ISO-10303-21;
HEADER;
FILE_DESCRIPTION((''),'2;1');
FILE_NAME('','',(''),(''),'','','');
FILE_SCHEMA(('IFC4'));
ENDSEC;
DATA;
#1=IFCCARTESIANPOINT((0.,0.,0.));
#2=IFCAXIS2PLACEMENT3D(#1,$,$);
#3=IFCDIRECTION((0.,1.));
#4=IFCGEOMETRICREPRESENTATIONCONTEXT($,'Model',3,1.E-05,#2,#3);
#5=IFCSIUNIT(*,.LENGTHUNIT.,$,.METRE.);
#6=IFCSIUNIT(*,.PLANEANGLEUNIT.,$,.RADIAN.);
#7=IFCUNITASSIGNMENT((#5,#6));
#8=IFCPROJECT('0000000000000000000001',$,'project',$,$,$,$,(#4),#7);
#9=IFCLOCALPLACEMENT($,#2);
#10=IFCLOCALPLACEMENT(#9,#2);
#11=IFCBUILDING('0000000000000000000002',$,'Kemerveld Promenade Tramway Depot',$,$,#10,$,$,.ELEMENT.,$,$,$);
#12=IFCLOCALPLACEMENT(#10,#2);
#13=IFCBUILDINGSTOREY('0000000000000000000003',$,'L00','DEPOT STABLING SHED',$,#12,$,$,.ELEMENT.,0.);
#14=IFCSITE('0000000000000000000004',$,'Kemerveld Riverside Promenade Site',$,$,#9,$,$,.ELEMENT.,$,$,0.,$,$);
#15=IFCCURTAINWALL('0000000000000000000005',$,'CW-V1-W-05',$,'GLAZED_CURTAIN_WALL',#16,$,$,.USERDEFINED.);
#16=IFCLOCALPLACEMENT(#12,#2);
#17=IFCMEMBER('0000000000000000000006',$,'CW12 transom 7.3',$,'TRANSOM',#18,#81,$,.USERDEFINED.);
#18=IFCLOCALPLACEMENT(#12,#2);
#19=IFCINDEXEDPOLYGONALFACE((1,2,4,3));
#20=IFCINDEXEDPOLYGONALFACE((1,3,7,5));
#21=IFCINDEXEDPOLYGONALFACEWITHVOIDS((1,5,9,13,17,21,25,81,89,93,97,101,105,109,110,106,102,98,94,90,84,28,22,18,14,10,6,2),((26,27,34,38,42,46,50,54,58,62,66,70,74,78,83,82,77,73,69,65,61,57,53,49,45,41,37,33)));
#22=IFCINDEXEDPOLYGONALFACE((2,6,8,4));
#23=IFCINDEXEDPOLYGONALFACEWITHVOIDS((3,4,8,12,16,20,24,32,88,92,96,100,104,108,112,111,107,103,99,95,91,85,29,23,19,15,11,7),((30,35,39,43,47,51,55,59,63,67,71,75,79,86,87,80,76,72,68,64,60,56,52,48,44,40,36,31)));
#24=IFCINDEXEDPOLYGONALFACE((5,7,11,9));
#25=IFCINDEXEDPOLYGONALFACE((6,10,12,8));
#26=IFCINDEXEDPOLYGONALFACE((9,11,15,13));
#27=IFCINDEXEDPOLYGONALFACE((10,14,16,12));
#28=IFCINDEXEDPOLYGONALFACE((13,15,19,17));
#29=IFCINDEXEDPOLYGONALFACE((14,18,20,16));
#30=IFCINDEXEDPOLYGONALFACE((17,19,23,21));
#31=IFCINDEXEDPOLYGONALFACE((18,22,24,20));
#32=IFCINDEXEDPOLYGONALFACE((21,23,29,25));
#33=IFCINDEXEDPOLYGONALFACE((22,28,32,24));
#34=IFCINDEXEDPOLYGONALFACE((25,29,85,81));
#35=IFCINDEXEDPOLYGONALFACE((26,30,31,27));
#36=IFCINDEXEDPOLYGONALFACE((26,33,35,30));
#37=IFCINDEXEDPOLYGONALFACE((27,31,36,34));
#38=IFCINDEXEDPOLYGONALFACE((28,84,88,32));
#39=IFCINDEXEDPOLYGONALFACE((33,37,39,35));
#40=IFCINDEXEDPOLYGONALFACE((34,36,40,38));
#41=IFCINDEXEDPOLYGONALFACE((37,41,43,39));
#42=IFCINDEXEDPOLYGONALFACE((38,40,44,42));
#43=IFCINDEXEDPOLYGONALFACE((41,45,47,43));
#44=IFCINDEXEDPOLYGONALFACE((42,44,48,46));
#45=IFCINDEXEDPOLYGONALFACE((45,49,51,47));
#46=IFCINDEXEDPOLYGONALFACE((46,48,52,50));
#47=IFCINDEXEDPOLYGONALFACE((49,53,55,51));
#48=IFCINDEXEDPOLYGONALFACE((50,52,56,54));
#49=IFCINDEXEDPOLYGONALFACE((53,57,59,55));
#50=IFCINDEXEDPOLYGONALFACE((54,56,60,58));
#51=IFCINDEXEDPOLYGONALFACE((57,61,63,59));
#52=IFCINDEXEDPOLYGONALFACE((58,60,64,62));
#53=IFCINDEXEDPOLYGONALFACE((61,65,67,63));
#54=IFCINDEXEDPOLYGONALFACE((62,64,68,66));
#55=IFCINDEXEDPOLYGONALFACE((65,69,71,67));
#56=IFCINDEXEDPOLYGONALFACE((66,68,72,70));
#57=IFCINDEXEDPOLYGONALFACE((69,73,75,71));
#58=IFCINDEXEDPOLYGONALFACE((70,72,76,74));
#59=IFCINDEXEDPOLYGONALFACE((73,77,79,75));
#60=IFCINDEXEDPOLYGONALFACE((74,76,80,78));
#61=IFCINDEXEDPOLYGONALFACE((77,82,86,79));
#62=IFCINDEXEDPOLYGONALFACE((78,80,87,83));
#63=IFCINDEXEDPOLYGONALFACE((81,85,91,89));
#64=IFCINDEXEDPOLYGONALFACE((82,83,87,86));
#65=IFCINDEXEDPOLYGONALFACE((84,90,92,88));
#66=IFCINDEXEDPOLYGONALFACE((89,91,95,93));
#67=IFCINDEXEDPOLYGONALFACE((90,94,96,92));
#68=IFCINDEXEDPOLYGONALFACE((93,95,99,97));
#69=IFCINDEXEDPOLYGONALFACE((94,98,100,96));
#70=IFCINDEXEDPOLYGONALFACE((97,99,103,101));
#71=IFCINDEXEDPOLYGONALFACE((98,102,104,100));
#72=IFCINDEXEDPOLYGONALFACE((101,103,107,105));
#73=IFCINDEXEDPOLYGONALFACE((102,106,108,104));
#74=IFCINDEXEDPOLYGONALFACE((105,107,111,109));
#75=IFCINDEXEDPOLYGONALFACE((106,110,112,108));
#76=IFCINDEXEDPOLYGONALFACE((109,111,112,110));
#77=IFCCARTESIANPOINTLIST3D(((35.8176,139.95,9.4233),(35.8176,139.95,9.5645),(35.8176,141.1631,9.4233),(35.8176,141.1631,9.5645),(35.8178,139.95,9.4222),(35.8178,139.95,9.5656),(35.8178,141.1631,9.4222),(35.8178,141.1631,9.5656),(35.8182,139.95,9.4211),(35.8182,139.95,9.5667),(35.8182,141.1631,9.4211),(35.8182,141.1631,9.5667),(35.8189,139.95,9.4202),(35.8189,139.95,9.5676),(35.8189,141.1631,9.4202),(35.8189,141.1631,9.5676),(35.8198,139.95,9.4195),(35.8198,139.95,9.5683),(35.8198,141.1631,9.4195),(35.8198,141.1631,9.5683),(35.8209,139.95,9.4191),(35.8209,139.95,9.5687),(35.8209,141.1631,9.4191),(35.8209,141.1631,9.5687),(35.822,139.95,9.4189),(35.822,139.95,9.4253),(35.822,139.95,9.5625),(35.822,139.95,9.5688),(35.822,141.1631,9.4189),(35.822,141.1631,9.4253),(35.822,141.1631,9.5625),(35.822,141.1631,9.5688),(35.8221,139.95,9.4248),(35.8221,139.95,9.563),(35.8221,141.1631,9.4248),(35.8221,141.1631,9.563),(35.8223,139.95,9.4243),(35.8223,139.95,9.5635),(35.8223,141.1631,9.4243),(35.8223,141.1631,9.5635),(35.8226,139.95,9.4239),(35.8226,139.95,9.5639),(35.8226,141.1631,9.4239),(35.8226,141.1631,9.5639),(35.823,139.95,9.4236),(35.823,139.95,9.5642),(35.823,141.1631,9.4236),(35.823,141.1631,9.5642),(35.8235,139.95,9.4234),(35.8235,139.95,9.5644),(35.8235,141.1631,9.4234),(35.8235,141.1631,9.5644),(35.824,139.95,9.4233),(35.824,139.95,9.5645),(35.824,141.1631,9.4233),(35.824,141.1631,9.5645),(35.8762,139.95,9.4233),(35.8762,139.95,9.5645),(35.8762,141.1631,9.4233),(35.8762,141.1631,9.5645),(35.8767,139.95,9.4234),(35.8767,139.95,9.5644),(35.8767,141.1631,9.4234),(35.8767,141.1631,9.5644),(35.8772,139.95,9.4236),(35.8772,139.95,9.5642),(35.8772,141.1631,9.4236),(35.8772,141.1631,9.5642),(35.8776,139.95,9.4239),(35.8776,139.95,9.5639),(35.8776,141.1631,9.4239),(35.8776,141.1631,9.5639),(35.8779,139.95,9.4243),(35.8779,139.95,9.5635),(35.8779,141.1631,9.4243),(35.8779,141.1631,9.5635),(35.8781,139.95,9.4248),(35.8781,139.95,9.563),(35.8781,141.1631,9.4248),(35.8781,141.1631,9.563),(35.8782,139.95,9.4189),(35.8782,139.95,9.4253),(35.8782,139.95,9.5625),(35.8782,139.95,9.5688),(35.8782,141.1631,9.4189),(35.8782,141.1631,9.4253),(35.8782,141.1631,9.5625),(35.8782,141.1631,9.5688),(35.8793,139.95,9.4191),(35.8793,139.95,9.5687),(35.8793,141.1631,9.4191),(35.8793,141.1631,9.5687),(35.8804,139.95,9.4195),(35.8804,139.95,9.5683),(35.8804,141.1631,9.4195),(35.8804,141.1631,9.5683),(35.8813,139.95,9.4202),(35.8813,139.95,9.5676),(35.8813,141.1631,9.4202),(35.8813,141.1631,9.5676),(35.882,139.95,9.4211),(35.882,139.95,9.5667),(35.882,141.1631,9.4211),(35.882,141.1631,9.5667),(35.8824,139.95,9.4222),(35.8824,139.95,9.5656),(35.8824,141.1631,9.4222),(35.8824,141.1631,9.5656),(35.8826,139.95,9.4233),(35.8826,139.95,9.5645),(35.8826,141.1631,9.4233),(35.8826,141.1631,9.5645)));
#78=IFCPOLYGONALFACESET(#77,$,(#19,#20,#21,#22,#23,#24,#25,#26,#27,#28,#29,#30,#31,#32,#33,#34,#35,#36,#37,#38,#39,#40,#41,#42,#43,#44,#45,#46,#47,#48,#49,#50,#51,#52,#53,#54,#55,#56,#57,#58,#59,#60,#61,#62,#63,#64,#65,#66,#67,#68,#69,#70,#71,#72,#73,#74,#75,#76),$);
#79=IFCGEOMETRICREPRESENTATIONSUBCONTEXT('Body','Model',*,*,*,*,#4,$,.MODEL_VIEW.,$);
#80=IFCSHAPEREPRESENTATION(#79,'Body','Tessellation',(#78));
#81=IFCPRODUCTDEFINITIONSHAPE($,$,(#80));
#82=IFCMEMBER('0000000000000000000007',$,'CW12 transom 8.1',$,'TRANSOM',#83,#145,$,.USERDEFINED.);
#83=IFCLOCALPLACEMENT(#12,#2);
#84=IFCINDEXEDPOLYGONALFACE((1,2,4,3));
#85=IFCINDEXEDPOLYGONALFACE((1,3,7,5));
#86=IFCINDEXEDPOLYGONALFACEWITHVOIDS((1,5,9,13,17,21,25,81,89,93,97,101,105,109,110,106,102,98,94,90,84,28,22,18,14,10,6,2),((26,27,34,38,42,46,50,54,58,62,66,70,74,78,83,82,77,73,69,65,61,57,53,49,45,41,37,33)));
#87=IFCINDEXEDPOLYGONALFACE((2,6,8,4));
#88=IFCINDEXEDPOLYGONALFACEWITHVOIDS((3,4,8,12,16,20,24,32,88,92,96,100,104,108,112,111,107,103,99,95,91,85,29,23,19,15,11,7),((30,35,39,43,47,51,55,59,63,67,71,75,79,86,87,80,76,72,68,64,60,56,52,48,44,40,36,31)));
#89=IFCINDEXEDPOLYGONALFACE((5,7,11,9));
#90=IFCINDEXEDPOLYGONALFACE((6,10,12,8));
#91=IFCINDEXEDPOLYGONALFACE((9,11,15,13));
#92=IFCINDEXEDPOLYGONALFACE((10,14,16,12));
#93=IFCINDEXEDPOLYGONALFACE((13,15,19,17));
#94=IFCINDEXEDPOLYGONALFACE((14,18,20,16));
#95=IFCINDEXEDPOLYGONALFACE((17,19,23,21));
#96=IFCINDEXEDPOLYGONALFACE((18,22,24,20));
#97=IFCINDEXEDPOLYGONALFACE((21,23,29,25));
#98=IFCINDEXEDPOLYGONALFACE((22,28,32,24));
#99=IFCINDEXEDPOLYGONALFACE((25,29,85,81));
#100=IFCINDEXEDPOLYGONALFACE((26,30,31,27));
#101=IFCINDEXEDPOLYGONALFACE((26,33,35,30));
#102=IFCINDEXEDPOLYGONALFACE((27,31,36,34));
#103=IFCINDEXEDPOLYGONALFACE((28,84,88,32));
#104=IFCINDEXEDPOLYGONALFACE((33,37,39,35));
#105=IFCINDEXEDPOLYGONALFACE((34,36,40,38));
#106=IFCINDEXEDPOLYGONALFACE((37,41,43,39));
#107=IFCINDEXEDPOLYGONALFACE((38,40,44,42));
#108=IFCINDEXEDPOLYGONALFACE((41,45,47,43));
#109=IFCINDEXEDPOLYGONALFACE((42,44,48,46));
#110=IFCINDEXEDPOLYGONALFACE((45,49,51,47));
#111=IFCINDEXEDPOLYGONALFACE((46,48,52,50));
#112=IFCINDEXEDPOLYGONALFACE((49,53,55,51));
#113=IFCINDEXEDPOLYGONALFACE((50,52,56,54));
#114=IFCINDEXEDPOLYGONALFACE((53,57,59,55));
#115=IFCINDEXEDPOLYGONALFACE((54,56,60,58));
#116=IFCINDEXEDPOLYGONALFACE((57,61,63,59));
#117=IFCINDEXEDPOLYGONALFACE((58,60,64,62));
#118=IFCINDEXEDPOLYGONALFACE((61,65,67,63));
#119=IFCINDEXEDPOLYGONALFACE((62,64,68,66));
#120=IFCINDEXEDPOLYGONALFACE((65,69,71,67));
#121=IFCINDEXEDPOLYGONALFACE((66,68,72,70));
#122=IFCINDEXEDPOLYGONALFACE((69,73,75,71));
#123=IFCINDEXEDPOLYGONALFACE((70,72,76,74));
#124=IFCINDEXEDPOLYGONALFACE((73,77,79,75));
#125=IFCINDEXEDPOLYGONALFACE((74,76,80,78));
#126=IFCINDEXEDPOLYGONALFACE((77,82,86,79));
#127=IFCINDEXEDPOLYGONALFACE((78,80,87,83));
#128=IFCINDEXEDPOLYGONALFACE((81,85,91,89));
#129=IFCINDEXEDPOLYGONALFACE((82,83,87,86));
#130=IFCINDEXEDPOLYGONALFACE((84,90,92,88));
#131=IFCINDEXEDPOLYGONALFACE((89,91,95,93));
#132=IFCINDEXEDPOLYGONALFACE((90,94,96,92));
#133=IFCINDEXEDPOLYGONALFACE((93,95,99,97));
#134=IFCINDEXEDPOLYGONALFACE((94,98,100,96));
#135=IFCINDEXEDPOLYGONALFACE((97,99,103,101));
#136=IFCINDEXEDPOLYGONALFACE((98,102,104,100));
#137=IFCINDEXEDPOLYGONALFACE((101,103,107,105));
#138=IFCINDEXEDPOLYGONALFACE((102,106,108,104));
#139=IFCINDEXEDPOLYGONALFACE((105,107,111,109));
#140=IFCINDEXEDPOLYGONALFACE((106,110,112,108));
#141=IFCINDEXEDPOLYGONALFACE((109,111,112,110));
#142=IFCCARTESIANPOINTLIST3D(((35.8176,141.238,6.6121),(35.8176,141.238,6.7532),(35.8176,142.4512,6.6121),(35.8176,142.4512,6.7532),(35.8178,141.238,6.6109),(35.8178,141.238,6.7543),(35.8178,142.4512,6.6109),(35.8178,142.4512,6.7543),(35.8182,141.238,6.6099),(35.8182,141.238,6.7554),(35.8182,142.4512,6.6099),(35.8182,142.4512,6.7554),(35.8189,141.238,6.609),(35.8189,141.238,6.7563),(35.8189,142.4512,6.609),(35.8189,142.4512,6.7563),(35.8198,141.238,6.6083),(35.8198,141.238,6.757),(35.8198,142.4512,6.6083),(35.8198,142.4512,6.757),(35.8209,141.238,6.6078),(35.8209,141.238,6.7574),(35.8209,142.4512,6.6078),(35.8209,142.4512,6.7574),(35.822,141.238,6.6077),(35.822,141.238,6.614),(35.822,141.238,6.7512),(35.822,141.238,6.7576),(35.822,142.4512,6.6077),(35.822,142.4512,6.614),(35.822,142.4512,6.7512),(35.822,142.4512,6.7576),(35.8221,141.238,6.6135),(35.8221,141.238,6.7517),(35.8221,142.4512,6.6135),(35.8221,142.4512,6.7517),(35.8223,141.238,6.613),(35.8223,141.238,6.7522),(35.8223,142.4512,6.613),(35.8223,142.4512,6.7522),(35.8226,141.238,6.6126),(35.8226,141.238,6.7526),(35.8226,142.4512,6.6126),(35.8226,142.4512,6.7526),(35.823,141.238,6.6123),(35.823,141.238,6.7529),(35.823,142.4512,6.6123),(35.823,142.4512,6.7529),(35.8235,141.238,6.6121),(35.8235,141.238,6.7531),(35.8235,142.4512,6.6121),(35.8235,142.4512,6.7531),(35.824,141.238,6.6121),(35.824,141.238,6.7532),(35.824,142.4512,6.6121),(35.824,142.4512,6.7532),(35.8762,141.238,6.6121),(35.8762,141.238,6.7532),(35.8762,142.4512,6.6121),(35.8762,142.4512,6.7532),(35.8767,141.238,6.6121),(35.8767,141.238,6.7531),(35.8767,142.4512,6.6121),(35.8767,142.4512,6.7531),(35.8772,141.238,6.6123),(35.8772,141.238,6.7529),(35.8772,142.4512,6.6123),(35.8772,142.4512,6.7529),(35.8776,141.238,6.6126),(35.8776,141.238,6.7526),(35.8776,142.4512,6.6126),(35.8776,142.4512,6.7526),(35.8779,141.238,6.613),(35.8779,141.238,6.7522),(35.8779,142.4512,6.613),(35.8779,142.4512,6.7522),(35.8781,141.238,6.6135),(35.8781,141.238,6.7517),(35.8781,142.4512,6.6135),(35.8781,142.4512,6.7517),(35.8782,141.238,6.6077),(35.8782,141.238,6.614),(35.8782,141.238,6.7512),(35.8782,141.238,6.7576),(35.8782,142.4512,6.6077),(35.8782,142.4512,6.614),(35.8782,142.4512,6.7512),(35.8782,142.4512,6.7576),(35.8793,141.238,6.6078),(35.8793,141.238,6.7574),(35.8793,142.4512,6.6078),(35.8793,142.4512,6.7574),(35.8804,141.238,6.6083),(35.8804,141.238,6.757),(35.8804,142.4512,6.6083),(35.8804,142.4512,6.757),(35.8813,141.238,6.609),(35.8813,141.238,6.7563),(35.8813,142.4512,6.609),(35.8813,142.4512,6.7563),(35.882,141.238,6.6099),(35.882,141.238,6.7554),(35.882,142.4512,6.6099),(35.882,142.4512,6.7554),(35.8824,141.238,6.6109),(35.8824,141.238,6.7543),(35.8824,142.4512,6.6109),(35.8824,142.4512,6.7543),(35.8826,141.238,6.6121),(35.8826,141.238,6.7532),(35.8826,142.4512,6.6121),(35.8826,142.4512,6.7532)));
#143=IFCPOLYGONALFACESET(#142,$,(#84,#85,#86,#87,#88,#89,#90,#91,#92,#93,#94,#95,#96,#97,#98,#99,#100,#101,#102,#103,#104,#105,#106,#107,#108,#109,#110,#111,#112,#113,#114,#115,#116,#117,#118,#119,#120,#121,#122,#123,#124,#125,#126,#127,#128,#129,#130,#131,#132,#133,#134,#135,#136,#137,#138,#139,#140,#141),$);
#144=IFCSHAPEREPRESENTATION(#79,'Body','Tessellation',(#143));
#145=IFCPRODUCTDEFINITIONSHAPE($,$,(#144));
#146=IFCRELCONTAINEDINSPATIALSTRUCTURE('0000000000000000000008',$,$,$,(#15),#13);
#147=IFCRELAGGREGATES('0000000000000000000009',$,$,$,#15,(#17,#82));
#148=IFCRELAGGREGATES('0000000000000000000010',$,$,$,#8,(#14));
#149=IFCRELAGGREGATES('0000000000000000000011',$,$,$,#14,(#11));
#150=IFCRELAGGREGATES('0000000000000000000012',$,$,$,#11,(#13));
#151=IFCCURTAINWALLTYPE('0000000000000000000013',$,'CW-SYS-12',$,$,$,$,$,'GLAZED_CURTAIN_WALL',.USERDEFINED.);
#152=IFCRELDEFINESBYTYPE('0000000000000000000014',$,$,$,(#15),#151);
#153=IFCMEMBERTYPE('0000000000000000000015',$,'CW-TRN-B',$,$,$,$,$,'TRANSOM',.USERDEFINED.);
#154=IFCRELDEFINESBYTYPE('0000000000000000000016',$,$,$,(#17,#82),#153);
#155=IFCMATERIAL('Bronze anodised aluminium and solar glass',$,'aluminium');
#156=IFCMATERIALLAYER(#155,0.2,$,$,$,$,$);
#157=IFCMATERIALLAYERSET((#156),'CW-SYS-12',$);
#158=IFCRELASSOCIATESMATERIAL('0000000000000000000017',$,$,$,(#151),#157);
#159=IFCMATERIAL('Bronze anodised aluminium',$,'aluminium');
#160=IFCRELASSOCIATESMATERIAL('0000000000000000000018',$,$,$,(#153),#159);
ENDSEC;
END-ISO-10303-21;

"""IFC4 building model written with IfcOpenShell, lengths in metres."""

from ifc_helpers import new_model, si_unit, direction, frame, origin, origin_2d, place, context, subcontext, project, spatial, hollow_rectangle, extrude, material, layer, layer_set, material_profile, profile_set, type_object, element, aggregate, save


model = new_model("IFC4")

# Units and contexts
model_context = context("Model", 3, precision=1e-05, world=origin(), true_north=direction((0.0, 1.0)))
body_context = subcontext(model_context, "Body", "Model", "MODEL_VIEW")
ifc_project = project(units=[si_unit("LENGTHUNIT", "METRE"), si_unit("PLANEANGLEUNIT", "RADIAN")], contexts=[model_context])

# Site, building, storey
site_placement = place(None, origin())
site = spatial("IfcSite", under=ifc_project, at=site_placement, Name="Kemerveld Riverside Promenade Site", CompositionType="ELEMENT", RefElevation=0.0)
building_placement = place(site_placement, origin())
building = spatial("IfcBuilding", under=site, at=building_placement, Name="Kemerveld Promenade Tramway Depot", CompositionType="ELEMENT")
storey_placement = place(building_placement, origin())
storey = spatial("IfcBuildingStorey", under=building, at=storey_placement, Name="L00", Description="DEPOT STABLING SHED", CompositionType="ELEMENT", Elevation=0.0)

# Curtain wall, members
ifc_material_1 = material(Name="Bronze anodised aluminium and solar glass", Category="aluminium")
ifc_layer_1 = layer(ifc_material_1, 0.2)
ifc_layer_set_1 = layer_set([ifc_layer_1], Name="CW-SYS-12")
curtain_wall_type = type_object("IfcCurtainWallType", Name="CW-SYS-12", ElementType="GLAZED_CURTAIN_WALL", PredefinedType="USERDEFINED", material=ifc_layer_set_1)
curtain_wall_placement = place(storey_placement, origin())
curtain_wall = element("IfcCurtainWall", 1, at=curtain_wall_placement, inside=storey, type_object=curtain_wall_type, Name="CW-V1-W-05", ObjectType="GLAZED_CURTAIN_WALL", PredefinedType="USERDEFINED")
ifc_material_2 = material(Name="Bronze anodised aluminium", Category="aluminium")
ifc_material_profile_1 = material_profile(ifc_material_2, hollow_rectangle(XDim=0.0649, YDim=0.1499, WallThickness=0.0044, InnerFilletRadius=0.002, OuterFilletRadius=0.0044, at=origin_2d()), Name="CW-TRN-150x65")
ifc_profile_set_1 = profile_set([ifc_material_profile_1], Name="Bronze anodised aluminium")
member_type_1 = type_object("IfcMemberType", Name="CW-TRN-B", ElementType="TRANSOM", PredefinedType="USERDEFINED", material=ifc_profile_set_1)
member_1_placement = place(storey_placement, frame((35.8501, 139.95, 9.4939), z_axis=(0.0, 1.0, 0.0), x_axis=(-1.0, 0.0, 0.0)))
member_1 = element("IfcMember", 2, at=member_1_placement, type_object=member_type_1, Name="CW12 transom 7.3", ObjectType="TRANSOM", PredefinedType="USERDEFINED", context=body_context, shape_type="SweptSolid", body=[
    extrude(hollow_rectangle(XDim=0.0649, YDim=0.1499, WallThickness=0.0044, InnerFilletRadius=0.002, OuterFilletRadius=0.0044, at=origin_2d()), origin(), (0.0, 0.0, 1.0), 1.2131),
])
member_2_placement = place(storey_placement, frame((35.8501, 141.238, 6.6826), z_axis=(0.0, 1.0, 0.0), x_axis=(-1.0, 0.0, 0.0)))
member_2 = element("IfcMember", 3, at=member_2_placement, type_object=member_type_1, Name="CW12 transom 8.1", ObjectType="TRANSOM", PredefinedType="USERDEFINED", context=body_context, shape_type="SweptSolid", body=[
    extrude(hollow_rectangle(XDim=0.0649, YDim=0.1499, WallThickness=0.0044, InnerFilletRadius=0.002, OuterFilletRadius=0.0044, at=origin_2d()), origin(), (0.0, 0.0, 1.0), 1.2131),
])
aggregate(curtain_wall, [member_1, member_2])

save(model, "model.ifc")
